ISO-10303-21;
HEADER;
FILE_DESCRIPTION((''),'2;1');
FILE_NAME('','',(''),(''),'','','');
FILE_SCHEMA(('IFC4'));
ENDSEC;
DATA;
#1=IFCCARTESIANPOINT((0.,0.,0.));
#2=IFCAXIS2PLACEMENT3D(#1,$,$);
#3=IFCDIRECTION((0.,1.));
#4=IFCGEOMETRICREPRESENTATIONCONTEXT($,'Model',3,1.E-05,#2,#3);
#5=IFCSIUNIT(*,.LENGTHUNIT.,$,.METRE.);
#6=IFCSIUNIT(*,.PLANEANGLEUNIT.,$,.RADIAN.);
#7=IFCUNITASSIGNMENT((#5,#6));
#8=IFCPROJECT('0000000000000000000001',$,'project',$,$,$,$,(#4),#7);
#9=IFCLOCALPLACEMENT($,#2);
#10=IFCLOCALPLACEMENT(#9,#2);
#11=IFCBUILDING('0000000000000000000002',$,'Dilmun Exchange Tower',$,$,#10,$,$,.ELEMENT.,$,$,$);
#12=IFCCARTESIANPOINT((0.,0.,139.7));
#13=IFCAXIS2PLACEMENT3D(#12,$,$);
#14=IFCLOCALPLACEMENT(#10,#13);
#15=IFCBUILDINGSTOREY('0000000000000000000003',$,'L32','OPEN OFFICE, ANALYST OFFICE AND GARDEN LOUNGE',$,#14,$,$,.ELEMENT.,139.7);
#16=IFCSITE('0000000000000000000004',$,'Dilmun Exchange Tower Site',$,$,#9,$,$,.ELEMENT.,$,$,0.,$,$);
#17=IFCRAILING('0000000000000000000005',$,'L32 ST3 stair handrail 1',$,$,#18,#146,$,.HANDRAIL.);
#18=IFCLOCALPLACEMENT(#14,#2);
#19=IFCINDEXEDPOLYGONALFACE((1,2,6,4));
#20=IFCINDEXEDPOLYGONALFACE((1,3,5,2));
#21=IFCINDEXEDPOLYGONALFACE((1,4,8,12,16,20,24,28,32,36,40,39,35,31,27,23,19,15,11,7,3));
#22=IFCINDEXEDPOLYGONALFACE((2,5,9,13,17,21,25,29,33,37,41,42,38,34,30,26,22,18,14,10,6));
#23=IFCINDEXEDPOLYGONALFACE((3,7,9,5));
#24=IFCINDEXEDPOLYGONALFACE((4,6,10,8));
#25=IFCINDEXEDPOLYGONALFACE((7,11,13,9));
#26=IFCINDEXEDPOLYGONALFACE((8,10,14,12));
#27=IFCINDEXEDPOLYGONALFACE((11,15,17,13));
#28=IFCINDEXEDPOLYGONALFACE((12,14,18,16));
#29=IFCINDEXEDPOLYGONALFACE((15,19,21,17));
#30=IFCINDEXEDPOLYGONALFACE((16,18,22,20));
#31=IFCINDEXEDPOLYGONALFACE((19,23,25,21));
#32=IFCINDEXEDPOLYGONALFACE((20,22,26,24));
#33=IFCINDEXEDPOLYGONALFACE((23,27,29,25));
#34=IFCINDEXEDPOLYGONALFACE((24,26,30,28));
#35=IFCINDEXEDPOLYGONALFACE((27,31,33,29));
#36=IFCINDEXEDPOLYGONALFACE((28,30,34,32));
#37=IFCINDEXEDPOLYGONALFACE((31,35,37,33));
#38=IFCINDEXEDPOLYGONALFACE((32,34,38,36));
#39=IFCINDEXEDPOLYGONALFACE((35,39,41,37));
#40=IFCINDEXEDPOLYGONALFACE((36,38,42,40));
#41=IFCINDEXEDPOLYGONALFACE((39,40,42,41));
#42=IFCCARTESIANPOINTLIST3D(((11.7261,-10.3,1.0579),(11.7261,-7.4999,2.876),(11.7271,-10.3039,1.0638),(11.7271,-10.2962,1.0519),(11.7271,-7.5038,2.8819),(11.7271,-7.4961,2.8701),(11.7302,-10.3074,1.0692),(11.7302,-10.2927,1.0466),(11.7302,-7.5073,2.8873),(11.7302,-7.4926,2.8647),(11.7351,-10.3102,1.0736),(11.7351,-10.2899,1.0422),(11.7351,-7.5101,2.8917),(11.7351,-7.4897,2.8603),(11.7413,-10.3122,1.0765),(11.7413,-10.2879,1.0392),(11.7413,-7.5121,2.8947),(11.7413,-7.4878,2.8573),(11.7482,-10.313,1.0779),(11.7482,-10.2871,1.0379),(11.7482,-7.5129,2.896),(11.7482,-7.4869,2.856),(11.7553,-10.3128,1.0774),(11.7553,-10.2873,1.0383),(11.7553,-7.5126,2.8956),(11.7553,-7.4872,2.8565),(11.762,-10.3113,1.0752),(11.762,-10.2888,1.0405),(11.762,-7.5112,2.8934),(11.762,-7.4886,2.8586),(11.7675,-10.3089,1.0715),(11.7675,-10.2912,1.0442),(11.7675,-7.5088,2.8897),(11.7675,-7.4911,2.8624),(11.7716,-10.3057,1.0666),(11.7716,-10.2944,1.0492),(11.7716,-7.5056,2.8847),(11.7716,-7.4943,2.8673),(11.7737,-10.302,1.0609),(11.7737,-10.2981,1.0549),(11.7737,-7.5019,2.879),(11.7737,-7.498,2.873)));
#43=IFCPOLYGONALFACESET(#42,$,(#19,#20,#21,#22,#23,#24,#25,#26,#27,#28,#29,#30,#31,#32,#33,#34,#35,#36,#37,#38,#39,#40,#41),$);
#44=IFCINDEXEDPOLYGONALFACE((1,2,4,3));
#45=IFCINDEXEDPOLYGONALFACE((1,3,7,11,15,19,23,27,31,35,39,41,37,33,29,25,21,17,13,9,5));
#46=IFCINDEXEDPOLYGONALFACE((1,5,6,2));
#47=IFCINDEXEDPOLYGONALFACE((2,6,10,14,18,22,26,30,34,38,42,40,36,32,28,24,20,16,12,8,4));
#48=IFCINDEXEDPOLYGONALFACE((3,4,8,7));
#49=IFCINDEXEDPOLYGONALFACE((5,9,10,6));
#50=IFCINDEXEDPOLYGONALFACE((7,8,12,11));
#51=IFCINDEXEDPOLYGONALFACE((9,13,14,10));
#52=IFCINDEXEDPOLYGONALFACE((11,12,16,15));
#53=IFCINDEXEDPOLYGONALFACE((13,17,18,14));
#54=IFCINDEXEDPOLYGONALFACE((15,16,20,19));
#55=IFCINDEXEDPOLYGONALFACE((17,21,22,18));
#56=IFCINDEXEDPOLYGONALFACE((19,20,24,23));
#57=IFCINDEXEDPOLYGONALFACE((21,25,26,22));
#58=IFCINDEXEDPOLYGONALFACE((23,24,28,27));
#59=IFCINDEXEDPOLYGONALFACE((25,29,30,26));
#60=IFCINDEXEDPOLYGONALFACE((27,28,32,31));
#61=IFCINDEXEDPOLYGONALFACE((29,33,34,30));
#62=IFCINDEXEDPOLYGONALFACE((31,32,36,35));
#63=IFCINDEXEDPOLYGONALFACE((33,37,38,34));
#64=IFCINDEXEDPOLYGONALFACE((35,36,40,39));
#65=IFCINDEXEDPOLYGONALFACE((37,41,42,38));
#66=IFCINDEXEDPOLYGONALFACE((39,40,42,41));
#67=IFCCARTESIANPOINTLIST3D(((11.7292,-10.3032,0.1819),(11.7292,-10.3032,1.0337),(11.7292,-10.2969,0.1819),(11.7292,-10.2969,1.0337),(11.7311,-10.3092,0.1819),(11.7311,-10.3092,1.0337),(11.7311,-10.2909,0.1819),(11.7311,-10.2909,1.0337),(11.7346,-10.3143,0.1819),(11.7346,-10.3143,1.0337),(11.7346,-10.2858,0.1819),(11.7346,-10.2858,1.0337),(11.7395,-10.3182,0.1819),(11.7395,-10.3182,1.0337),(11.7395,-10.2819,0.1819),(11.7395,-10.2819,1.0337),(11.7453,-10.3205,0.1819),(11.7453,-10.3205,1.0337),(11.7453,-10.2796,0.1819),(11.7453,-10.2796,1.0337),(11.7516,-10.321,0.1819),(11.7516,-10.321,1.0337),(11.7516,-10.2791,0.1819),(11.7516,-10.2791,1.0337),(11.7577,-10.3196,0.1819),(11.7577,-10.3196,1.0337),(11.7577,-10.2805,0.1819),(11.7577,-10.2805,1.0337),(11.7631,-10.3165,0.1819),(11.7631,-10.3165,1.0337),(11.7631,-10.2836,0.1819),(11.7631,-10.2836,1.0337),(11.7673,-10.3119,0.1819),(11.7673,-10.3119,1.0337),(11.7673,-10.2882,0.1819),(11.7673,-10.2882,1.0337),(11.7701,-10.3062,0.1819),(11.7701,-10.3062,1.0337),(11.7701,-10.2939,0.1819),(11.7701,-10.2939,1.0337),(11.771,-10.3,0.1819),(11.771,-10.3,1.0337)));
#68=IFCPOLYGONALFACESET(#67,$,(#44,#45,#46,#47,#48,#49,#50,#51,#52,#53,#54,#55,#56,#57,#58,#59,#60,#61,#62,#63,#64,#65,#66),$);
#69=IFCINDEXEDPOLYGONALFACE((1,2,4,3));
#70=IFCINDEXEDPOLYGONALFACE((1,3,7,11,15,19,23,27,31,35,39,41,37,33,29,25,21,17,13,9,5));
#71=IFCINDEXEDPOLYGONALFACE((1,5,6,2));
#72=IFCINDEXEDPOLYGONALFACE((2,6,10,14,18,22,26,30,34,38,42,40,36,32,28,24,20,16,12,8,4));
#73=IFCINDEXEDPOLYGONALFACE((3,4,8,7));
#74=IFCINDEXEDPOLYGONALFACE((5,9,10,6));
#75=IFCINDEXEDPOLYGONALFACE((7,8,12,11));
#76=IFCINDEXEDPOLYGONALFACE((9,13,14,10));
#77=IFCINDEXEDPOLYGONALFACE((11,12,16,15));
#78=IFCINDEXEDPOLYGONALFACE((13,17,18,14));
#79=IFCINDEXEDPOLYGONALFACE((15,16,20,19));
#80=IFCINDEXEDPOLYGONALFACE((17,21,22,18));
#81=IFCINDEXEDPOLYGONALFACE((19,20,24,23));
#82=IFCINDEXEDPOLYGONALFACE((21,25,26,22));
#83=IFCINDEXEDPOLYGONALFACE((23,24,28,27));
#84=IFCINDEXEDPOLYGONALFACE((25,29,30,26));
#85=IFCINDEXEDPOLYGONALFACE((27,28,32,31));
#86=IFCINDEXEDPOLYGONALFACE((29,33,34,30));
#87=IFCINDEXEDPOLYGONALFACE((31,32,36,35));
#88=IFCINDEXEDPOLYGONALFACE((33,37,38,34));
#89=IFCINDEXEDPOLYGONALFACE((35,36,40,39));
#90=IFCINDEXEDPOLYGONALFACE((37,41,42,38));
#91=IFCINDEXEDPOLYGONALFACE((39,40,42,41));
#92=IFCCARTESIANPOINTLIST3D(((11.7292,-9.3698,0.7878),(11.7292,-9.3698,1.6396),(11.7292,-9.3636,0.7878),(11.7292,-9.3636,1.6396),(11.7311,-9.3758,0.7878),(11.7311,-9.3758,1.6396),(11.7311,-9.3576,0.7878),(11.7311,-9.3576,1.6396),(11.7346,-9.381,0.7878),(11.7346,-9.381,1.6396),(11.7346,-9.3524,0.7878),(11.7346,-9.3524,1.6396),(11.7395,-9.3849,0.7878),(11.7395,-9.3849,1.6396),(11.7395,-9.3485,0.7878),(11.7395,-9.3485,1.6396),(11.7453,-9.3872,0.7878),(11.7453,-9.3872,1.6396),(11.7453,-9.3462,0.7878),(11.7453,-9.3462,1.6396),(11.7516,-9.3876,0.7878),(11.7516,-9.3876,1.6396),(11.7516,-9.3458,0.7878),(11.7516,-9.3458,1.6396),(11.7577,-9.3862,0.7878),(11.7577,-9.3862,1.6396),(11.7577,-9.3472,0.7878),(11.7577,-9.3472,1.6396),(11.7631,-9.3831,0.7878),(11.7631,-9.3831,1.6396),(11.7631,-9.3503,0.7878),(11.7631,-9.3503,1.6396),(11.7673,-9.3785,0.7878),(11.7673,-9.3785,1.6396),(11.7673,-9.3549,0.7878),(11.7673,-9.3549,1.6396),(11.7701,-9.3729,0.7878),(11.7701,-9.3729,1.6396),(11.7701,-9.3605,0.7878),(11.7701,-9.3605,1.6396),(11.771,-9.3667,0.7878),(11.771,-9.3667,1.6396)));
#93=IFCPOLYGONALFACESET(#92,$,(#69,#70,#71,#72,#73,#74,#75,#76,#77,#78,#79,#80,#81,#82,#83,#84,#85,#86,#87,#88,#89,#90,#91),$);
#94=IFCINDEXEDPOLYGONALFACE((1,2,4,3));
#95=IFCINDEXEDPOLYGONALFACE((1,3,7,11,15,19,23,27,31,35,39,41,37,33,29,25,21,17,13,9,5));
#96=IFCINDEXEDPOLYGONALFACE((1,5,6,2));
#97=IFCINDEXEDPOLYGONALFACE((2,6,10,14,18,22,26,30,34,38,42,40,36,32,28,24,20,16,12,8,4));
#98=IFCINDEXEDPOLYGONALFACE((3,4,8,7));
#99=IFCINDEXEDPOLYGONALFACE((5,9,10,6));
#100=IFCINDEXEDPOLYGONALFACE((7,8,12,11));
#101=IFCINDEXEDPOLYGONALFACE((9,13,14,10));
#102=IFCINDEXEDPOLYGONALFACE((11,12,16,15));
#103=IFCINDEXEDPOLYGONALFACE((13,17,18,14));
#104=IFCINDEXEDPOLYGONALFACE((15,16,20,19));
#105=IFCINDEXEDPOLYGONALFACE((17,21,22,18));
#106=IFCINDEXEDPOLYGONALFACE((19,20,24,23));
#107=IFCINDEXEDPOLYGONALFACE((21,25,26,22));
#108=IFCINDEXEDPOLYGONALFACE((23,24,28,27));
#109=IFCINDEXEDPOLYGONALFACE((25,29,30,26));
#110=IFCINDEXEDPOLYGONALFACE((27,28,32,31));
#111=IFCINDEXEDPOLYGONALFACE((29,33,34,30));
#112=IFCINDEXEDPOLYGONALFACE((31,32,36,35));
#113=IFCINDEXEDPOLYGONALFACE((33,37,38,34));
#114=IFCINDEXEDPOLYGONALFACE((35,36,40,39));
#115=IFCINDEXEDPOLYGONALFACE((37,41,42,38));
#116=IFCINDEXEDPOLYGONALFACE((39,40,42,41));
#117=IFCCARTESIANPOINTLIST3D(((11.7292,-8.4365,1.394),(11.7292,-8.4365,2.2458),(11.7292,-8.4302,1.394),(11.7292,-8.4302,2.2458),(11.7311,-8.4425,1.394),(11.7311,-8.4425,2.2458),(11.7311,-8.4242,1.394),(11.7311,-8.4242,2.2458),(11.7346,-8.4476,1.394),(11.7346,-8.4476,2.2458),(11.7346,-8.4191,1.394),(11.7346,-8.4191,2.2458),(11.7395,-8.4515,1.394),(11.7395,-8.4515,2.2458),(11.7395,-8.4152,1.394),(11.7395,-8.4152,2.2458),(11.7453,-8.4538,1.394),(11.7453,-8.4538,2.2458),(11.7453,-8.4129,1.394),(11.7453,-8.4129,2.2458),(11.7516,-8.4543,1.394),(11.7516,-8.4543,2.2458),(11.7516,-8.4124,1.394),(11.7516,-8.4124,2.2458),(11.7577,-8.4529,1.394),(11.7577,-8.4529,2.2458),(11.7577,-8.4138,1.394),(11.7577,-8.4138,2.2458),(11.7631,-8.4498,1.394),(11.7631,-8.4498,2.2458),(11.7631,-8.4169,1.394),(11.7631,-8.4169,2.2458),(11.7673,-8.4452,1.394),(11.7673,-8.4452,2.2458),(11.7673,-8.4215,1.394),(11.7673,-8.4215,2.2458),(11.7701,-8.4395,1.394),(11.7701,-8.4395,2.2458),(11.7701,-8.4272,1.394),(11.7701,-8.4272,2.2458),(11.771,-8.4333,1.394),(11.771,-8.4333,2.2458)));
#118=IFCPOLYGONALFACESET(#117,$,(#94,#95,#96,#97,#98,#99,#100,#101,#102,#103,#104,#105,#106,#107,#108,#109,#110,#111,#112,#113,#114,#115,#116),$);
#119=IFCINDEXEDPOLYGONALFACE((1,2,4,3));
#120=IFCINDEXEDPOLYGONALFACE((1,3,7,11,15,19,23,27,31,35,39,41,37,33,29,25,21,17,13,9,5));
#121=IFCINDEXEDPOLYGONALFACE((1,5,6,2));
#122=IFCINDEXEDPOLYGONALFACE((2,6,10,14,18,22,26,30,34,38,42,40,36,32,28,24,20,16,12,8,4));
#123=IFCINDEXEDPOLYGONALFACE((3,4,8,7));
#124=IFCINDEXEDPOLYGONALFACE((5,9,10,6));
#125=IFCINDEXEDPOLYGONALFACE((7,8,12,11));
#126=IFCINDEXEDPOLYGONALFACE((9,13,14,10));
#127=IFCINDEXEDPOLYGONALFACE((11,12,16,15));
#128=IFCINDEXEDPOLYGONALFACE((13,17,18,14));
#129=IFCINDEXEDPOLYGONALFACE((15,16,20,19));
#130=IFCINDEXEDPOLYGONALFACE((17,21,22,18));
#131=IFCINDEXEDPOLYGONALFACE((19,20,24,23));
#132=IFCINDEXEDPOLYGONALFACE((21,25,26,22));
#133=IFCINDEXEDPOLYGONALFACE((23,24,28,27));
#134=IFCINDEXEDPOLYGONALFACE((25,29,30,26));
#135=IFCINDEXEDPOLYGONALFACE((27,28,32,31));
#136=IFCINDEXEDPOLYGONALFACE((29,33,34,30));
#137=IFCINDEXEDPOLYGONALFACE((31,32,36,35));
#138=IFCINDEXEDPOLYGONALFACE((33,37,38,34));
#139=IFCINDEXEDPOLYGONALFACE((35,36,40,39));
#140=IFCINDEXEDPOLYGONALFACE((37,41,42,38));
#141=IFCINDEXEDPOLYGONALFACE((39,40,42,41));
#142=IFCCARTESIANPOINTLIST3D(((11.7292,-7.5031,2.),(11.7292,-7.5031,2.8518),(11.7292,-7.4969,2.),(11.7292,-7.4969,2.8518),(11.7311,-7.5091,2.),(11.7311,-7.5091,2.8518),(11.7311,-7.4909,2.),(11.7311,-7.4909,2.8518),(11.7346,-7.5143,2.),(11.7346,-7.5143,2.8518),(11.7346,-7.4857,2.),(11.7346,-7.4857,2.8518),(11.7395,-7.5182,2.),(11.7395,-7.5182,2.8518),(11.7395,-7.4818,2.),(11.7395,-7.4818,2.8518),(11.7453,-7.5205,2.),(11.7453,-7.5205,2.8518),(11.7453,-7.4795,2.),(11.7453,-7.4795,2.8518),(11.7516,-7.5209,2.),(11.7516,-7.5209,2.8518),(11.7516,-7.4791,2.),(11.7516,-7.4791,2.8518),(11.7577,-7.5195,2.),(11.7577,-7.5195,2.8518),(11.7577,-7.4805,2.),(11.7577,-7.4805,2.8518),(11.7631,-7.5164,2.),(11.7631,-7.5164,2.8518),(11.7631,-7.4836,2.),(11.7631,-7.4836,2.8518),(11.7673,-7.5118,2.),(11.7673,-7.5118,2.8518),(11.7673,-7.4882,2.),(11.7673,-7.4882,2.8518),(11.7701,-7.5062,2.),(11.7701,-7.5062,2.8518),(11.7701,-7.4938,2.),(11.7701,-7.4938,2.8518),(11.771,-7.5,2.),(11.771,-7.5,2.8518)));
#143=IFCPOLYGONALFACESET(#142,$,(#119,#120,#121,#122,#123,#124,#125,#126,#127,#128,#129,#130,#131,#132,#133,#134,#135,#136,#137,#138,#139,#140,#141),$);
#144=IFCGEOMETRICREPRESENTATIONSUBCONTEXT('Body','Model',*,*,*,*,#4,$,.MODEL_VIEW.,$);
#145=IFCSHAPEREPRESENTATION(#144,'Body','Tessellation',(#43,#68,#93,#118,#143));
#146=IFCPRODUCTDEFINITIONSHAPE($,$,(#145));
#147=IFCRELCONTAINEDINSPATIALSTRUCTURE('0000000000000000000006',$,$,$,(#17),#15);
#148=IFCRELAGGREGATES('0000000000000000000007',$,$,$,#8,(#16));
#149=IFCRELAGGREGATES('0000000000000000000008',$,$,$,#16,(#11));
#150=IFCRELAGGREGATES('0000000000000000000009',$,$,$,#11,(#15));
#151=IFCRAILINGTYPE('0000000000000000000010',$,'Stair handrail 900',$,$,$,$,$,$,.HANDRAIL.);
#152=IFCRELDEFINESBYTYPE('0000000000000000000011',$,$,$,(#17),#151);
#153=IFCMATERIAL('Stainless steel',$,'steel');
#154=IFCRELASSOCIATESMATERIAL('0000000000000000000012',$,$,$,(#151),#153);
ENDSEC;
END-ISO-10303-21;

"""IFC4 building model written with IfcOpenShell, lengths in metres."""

from ifc_helpers import new_model, si_unit, direction, frame, origin, origin_2d, place, context, subcontext, project, spatial, circle, extrude, material, type_object, element, save


model = new_model("IFC4")

# Units and contexts
model_context = context("Model", 3, precision=1e-05, world=origin(), true_north=direction((0.0, 1.0)))
body_context = subcontext(model_context, "Body", "Model", "MODEL_VIEW")
ifc_project = project(units=[si_unit("LENGTHUNIT", "METRE"), si_unit("PLANEANGLEUNIT", "RADIAN")], contexts=[model_context])

# Site, building, storey
site_placement = place(None, origin())
site = spatial("IfcSite", under=ifc_project, at=site_placement, Name="Dilmun Exchange Tower Site", CompositionType="ELEMENT", RefElevation=0.0)
building_placement = place(site_placement, origin())
building = spatial("IfcBuilding", under=site, at=building_placement, Name="Dilmun Exchange Tower", CompositionType="ELEMENT")
storey_placement = place(building_placement, frame((0.0, 0.0, 139.7)))
storey = spatial("IfcBuildingStorey", under=building, at=storey_placement, Name="L32", Description="OPEN OFFICE, ANALYST OFFICE AND GARDEN LOUNGE", CompositionType="ELEMENT", Elevation=139.7)

# Railing
ifc_material_1 = material(Name="Stainless steel", Category="steel")
railing_type = type_object("IfcRailingType", Name="Stair handrail 900", PredefinedType="HANDRAIL", material=ifc_material_1)
railing_1_placement = place(storey_placement, frame((11.75, -10.3, 0.1819)))
element("IfcRailing", 1, at=railing_1_placement, inside=storey, type_object=railing_type, Name="L32 ST3 stair handrail 1", PredefinedType="HANDRAIL", context=body_context, shape_type="SweptSolid", body=[
    extrude(circle(Radius=0.0239, at=origin_2d()), frame((0.0, 0.0, 0.876), z_axis=(0.0, 0.838706, 0.544585), x_axis=(-1.0, 0.0, 0.0)), (0.0, 0.0, 1.0), 3.3386),
    extrude(circle(Radius=0.021, at=origin_2d()), origin(), (0.0, 0.0, 1.0), 0.8518),
    extrude(circle(Radius=0.021, at=origin_2d()), frame((0.0, 0.9333, 0.606)), (0.0, 0.0, 1.0), 0.8518),
    extrude(circle(Radius=0.021, at=origin_2d()), frame((0.0, 1.8667, 1.2122)), (0.0, 0.0, 1.0), 0.8518),
    extrude(circle(Radius=0.021, at=origin_2d()), frame((0.0, 2.8, 1.8181)), (0.0, 0.0, 1.0), 0.8518),
])

save(model, "model.ifc")
